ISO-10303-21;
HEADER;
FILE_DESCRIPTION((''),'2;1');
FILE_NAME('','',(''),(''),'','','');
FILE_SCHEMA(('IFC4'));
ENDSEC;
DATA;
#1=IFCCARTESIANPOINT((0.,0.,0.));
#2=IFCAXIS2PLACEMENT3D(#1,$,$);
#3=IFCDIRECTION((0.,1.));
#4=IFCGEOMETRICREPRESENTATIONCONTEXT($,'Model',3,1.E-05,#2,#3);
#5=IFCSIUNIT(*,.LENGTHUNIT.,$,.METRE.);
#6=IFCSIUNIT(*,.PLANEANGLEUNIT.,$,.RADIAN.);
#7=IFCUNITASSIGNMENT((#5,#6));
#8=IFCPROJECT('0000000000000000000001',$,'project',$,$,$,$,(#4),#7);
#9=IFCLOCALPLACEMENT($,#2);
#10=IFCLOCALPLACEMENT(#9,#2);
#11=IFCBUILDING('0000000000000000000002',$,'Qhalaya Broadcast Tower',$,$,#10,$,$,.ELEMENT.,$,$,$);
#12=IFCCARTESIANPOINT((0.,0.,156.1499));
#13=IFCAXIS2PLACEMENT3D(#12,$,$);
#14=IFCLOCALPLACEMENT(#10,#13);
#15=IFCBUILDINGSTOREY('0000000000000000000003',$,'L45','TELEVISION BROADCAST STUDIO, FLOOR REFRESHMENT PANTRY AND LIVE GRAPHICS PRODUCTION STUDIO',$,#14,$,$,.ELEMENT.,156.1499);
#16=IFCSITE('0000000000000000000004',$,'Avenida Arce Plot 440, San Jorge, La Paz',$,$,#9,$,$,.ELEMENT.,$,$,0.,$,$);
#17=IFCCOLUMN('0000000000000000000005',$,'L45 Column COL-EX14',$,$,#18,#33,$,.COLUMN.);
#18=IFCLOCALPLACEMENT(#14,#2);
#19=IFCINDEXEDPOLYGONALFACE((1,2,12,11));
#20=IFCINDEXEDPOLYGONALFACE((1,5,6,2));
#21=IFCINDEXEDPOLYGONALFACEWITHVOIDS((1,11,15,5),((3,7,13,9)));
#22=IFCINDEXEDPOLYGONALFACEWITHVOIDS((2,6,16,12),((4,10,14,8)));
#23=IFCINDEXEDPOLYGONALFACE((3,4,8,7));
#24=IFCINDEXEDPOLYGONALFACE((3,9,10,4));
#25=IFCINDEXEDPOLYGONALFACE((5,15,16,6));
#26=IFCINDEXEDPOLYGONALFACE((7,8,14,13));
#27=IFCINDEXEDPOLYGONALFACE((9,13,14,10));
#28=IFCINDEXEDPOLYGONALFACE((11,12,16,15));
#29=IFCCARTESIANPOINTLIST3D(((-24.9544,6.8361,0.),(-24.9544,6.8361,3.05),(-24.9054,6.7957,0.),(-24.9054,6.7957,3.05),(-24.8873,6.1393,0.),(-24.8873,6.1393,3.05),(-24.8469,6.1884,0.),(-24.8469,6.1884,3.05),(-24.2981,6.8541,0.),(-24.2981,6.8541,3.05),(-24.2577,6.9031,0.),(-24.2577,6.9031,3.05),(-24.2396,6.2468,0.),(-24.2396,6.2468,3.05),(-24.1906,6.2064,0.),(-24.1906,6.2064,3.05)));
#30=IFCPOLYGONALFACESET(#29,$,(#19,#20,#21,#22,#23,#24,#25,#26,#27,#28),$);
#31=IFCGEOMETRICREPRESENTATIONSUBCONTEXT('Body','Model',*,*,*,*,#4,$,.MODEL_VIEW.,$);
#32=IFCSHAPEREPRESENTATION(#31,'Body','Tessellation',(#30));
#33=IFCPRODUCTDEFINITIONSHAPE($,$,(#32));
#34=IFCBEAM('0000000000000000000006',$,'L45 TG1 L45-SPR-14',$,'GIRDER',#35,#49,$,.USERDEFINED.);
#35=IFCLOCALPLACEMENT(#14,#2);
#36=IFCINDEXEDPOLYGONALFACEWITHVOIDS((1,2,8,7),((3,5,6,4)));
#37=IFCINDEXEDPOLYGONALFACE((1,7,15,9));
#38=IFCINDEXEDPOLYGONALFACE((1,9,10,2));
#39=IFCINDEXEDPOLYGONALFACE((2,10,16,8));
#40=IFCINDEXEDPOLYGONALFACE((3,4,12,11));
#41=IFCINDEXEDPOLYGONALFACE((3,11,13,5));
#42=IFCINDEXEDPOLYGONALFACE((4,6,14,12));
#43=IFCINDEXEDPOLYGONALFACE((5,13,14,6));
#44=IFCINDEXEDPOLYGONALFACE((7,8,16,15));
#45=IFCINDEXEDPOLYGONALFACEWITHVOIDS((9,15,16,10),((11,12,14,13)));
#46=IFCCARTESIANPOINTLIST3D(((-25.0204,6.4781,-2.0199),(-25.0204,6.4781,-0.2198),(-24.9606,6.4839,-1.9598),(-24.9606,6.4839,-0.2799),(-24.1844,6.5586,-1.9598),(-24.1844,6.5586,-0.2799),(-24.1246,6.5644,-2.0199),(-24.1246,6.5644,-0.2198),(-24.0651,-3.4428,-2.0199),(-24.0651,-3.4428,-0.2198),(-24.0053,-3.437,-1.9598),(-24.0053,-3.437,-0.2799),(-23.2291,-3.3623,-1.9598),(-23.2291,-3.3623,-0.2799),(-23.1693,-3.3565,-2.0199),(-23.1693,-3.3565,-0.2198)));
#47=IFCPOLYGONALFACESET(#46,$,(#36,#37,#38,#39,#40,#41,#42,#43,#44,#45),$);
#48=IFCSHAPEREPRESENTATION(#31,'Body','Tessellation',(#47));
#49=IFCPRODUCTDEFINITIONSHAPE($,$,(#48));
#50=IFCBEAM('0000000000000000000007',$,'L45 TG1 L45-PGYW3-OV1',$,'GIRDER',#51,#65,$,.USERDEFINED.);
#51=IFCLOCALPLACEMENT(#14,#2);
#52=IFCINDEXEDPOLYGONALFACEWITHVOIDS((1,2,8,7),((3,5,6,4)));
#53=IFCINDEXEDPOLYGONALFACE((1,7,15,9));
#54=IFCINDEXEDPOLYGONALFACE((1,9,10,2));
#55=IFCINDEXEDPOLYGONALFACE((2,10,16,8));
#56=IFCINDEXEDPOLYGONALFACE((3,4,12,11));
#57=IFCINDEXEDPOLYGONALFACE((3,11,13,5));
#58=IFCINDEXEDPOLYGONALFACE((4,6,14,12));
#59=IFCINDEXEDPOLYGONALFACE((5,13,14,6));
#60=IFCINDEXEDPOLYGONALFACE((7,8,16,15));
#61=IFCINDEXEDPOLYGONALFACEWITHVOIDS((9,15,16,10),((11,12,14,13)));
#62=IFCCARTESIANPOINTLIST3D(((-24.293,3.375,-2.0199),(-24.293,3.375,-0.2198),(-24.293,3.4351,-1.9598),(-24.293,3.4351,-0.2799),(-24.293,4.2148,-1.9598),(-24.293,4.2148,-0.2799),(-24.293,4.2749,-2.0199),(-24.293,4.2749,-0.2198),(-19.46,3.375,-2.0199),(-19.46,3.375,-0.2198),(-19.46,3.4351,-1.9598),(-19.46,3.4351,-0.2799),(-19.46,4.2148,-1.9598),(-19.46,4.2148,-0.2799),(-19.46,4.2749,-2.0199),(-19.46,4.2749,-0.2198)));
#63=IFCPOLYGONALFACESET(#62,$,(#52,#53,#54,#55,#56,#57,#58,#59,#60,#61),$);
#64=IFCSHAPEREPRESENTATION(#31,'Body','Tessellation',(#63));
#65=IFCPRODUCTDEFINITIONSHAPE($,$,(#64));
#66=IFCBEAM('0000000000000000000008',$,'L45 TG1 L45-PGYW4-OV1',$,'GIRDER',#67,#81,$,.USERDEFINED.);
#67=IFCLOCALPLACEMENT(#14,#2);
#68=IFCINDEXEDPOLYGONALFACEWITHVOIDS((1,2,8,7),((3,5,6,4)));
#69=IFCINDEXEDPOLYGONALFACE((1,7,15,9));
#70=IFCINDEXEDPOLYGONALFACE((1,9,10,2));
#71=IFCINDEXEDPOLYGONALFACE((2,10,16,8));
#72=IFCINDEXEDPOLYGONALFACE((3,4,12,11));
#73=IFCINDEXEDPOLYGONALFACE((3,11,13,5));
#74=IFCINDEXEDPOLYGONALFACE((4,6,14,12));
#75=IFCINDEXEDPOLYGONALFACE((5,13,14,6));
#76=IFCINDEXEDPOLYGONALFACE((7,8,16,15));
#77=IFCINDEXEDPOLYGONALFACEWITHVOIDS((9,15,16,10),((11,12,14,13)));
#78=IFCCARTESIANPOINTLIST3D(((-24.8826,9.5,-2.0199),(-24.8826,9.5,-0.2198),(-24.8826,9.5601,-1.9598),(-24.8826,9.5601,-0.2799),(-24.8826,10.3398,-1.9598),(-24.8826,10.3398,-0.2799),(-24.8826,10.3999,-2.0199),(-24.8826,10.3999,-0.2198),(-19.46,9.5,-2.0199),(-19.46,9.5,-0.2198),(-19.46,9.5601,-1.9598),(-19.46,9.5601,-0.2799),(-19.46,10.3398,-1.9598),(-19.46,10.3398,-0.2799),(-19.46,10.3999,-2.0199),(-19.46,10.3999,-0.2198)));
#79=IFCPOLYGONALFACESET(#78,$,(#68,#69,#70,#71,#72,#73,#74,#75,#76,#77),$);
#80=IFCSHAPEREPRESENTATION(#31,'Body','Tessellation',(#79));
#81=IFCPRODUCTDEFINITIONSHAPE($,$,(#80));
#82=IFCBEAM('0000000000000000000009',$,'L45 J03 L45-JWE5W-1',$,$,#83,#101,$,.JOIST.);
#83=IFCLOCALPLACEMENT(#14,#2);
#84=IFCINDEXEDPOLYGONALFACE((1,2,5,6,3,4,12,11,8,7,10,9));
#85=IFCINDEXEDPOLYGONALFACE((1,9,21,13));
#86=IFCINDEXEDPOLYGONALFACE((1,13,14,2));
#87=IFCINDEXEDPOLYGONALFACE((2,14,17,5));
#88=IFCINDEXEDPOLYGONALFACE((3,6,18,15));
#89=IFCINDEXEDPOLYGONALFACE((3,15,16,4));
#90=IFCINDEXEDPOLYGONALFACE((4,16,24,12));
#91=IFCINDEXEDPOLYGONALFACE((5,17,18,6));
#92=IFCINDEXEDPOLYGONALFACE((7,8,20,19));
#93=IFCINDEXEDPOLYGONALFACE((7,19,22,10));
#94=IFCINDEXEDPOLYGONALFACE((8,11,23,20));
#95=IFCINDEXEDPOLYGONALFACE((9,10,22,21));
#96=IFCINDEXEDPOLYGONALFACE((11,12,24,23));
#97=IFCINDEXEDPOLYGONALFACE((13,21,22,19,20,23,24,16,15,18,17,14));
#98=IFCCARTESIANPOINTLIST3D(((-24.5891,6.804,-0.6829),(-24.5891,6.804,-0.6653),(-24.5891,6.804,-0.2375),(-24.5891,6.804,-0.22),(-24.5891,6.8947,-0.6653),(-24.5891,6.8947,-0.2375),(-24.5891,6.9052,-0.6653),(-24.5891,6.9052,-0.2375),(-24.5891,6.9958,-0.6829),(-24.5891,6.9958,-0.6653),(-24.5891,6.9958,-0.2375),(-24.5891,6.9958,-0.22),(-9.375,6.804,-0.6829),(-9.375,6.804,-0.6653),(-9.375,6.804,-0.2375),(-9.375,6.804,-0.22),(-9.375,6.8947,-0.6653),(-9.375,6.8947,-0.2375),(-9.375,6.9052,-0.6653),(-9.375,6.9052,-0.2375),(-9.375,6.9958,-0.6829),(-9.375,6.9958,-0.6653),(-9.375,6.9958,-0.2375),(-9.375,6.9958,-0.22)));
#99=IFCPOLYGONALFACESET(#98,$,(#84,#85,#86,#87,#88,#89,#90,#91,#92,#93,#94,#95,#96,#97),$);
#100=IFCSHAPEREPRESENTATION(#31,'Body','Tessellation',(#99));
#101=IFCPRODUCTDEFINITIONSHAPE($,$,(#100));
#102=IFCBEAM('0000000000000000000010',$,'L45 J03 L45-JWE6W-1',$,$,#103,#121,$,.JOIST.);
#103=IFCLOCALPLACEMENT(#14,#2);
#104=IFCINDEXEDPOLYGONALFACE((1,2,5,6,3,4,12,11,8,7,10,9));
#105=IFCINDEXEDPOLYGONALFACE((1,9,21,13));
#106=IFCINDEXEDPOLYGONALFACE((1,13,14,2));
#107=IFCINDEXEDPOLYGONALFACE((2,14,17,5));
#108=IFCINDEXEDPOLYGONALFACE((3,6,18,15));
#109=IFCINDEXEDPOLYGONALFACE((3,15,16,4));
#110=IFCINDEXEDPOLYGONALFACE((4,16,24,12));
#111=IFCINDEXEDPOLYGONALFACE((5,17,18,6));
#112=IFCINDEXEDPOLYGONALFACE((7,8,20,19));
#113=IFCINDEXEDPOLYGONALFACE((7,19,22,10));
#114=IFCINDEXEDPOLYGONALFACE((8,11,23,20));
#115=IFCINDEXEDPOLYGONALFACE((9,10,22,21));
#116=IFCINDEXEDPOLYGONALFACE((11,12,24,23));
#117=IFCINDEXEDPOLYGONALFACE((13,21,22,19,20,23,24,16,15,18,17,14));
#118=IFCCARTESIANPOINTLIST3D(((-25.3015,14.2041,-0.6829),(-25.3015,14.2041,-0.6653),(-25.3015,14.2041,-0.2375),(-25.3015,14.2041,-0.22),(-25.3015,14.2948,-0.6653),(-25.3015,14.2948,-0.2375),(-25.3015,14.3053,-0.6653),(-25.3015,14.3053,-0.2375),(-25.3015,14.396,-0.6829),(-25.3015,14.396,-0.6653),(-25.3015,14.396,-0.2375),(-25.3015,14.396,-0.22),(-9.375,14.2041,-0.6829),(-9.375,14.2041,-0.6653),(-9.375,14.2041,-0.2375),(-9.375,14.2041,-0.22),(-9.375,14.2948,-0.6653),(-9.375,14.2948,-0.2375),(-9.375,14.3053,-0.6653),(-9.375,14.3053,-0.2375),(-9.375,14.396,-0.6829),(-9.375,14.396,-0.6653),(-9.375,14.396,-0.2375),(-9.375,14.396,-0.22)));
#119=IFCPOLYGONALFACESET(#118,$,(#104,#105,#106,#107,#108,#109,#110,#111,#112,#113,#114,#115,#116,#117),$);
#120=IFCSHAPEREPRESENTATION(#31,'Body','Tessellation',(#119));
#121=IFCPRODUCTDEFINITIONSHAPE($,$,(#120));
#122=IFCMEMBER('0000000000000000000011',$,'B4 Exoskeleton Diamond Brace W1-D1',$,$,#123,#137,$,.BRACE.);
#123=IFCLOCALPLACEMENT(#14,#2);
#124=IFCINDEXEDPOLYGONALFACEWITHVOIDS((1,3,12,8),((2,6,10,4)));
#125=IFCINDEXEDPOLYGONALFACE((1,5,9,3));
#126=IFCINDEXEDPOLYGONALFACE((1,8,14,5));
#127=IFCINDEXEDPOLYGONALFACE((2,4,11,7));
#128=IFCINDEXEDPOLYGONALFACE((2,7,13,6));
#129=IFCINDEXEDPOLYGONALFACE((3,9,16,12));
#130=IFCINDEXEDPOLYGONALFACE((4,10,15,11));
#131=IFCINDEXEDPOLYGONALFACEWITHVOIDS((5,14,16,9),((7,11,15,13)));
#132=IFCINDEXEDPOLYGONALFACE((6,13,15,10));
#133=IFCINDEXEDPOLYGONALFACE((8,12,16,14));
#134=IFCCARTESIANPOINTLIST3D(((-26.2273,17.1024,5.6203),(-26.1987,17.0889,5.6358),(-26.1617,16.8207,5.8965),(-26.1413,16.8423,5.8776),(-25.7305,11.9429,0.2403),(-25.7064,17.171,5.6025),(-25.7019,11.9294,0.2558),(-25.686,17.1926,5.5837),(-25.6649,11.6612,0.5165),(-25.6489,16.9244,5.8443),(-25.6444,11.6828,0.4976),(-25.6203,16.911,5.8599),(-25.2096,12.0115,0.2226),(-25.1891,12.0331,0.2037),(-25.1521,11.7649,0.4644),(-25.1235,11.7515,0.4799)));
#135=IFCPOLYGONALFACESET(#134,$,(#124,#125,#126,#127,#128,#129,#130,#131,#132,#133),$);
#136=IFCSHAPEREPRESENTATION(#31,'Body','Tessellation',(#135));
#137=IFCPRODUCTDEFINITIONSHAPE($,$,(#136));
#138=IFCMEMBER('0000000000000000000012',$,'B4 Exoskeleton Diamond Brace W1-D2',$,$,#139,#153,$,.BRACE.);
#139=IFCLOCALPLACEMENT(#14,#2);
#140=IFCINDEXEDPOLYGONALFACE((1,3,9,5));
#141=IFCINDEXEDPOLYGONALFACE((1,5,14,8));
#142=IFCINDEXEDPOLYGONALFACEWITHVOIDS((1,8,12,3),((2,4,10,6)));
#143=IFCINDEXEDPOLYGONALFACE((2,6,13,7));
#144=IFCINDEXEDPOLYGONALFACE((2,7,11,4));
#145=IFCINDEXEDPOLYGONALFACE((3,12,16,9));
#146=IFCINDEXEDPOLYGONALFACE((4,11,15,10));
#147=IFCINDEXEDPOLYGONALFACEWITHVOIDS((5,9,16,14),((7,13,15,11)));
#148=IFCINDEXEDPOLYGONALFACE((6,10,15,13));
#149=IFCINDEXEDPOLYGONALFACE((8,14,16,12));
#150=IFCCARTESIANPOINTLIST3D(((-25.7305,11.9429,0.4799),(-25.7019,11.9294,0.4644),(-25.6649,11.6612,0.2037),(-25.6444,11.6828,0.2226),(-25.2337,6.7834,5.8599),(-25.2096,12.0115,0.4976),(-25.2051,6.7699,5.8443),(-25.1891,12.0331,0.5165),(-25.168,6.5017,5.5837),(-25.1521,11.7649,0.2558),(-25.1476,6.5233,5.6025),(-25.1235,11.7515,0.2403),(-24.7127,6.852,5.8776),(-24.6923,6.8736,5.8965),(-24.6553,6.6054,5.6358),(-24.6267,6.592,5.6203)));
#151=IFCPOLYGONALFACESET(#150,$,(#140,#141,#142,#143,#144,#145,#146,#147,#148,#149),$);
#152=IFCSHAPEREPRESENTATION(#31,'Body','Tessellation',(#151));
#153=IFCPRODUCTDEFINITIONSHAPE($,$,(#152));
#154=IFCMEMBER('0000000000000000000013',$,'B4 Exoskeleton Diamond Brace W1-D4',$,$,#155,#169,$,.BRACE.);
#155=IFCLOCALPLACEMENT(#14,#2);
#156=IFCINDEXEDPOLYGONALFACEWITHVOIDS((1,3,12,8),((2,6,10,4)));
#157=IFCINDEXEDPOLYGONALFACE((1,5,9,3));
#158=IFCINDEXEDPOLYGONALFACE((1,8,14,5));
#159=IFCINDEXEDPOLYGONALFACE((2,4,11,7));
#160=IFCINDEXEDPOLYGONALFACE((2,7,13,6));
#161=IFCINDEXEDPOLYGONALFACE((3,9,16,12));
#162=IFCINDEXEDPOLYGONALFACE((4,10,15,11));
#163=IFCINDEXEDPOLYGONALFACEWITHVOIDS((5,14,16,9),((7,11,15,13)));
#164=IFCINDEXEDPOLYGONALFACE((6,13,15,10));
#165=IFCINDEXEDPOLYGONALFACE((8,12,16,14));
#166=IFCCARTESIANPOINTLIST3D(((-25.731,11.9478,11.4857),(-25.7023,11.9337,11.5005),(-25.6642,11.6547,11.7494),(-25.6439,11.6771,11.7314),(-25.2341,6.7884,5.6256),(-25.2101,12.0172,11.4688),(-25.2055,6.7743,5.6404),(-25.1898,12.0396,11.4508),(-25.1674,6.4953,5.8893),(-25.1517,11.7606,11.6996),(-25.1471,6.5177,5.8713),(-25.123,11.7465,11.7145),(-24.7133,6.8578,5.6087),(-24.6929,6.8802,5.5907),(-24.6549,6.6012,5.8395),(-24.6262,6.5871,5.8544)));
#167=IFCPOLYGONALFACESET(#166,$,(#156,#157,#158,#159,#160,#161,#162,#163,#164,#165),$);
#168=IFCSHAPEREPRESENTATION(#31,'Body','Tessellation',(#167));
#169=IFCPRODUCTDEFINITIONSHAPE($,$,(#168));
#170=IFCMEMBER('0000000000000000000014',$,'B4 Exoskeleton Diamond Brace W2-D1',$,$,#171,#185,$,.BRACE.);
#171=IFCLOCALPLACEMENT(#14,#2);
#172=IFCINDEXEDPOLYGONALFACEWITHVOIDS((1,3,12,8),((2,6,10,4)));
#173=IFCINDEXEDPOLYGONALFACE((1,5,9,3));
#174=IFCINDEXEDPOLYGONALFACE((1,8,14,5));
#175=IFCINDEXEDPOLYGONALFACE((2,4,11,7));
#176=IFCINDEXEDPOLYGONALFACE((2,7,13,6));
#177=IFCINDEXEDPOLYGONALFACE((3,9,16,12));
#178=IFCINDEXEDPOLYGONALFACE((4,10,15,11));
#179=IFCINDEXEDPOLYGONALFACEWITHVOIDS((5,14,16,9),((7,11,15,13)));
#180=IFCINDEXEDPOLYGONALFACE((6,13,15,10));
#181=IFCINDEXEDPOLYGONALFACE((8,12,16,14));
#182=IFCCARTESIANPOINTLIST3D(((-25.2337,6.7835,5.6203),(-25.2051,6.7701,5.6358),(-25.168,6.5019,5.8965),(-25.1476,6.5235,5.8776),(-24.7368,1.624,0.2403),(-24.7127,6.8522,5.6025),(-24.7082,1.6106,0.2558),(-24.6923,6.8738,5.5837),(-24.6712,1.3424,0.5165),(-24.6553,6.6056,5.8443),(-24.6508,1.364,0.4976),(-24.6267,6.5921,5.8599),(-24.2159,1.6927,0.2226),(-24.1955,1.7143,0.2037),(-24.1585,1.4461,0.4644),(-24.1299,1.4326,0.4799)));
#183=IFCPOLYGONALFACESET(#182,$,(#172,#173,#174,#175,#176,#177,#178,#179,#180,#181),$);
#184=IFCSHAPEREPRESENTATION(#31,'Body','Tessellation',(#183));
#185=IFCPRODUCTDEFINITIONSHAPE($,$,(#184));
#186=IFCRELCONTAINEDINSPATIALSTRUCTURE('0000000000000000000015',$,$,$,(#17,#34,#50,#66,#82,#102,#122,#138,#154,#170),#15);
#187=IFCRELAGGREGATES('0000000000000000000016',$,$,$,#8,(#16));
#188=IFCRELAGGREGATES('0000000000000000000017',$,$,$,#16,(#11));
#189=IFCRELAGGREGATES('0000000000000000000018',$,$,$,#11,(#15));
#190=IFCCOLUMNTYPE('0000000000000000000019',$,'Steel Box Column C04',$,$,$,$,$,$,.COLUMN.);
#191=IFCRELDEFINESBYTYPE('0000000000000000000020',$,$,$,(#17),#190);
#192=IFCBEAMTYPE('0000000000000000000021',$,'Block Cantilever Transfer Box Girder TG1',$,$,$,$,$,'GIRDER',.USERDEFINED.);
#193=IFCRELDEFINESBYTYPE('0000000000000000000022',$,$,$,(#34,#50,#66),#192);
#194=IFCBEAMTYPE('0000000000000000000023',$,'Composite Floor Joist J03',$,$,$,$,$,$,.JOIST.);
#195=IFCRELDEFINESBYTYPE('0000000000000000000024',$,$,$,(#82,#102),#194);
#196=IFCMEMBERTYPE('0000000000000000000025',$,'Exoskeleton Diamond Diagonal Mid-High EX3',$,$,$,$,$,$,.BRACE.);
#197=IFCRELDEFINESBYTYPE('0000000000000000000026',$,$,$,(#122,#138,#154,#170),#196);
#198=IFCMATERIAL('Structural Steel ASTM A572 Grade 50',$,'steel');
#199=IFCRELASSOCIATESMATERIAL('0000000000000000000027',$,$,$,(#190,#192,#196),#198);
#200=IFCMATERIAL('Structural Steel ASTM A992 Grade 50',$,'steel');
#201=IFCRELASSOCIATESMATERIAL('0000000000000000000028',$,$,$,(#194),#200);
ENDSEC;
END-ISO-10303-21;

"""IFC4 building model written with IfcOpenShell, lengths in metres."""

from ifc_helpers import new_model, si_unit, direction, frame, origin, origin_2d, place, context, subcontext, project, spatial, hollow_rectangle, i_section, extrude, material, material_profile, profile_set, type_object, element, save


model = new_model("IFC4")

# Units and contexts
model_context = context("Model", 3, precision=1e-05, world=origin(), true_north=direction((0.0, 1.0)))
body_context = subcontext(model_context, "Body", "Model", "MODEL_VIEW")
ifc_project = project(units=[si_unit("LENGTHUNIT", "METRE"), si_unit("PLANEANGLEUNIT", "RADIAN")], contexts=[model_context])

# Site, building, storey
site_placement = place(None, origin())
site = spatial("IfcSite", under=ifc_project, at=site_placement, Name="Avenida Arce Plot 440, San Jorge, La Paz", CompositionType="ELEMENT", RefElevation=0.0)
building_placement = place(site_placement, origin())
building = spatial("IfcBuilding", under=site, at=building_placement, Name="Qhalaya Broadcast Tower", CompositionType="ELEMENT")
storey_placement = place(building_placement, frame((0.0, 0.0, 156.1499)))
storey = spatial("IfcBuildingStorey", under=building, at=storey_placement, Name="L45", Description="TELEVISION BROADCAST STUDIO, FLOOR REFRESHMENT PANTRY AND LIVE GRAPHICS PRODUCTION STUDIO", CompositionType="ELEMENT", Elevation=156.1499)

# Column
ifc_material_1 = material(Name="Structural Steel ASTM A572 Grade 50", Category="steel")
ifc_material_profile_1 = material_profile(ifc_material_1, hollow_rectangle(XDim=0.7, YDim=0.7, WallThickness=0.0449, at=origin_2d()), Name="BOX 700x700x45")
ifc_profile_set_1 = profile_set([ifc_material_profile_1], Name="Structural Steel ASTM A572 Grade 50")
column_type = type_object("IfcColumnType", Name="Steel Box Column C04", PredefinedType="COLUMN", material=ifc_profile_set_1)
column_placement = place(storey_placement, frame((-24.5725, 6.5212, 0.0), z_axis=(0.0, 0.0, 1.0), x_axis=(-0.095846, 0.995396, 0.0)))
element("IfcColumn", 1, at=column_placement, inside=storey, type_object=column_type, Name="L45 Column COL-EX14", PredefinedType="COLUMN", context=body_context, shape_type="SweptSolid", body=[
    extrude(hollow_rectangle(XDim=0.7, YDim=0.7, WallThickness=0.0449, at=origin_2d()), origin(), (0.0, 0.0, 1.0), 3.05),
])

# Beams
ifc_material_profile_2 = material_profile(ifc_material_1, hollow_rectangle(XDim=0.8999, YDim=1.8, WallThickness=0.0601, at=origin_2d()), Name="BOX 900x1800x60")
ifc_profile_set_2 = profile_set([ifc_material_profile_2], Name="Structural Steel ASTM A572 Grade 50")
beam_type_1 = type_object("IfcBeamType", Name="Block Cantilever Transfer Box Girder TG1", ElementType="GIRDER", PredefinedType="USERDEFINED", material=ifc_profile_set_2)
beam_1_placement = place(storey_placement, frame((-24.5725, 6.5212, -1.1199), z_axis=(0.095851, -0.995396, 0.0), x_axis=(0.995396, 0.095851, 0.0)))
element("IfcBeam", 2, at=beam_1_placement, inside=storey, type_object=beam_type_1, Name="L45 TG1 L45-SPR-14", ObjectType="GIRDER", PredefinedType="USERDEFINED", context=body_context, shape_type="SweptSolid", body=[
    extrude(hollow_rectangle(XDim=0.8999, YDim=1.8, WallThickness=0.0601, at=origin_2d()), origin(), (0.0, 0.0, 1.0), 9.9668),
])
beam_2_placement = place(storey_placement, frame((-24.293, 3.825, -1.1199), z_axis=(1.0, 0.0, 0.0), x_axis=(0.0, 1.0, 0.0)))
element("IfcBeam", 3, at=beam_2_placement, inside=storey, type_object=beam_type_1, Name="L45 TG1 L45-PGYW3-OV1", ObjectType="GIRDER", PredefinedType="USERDEFINED", context=body_context, shape_type="SweptSolid", body=[
    extrude(hollow_rectangle(XDim=0.8999, YDim=1.8, WallThickness=0.0601, at=origin_2d()), origin(), (0.0, 0.0, 1.0), 4.833),
])
beam_3_placement = place(storey_placement, frame((-24.8826, 9.95, -1.1199), z_axis=(1.0, 0.0, 0.0), x_axis=(0.0, 1.0, 0.0)))
element("IfcBeam", 4, at=beam_3_placement, inside=storey, type_object=beam_type_1, Name="L45 TG1 L45-PGYW4-OV1", ObjectType="GIRDER", PredefinedType="USERDEFINED", context=body_context, shape_type="SweptSolid", body=[
    extrude(hollow_rectangle(XDim=0.8999, YDim=1.8, WallThickness=0.0601, at=origin_2d()), origin(), (0.0, 0.0, 1.0), 5.4226),
])
ifc_material_2 = material(Name="Structural Steel ASTM A992 Grade 50", Category="steel")
ifc_material_profile_3 = material_profile(ifc_material_2, i_section(OverallWidth=0.1919, OverallDepth=0.4629, WebThickness=0.0105, FlangeThickness=0.0176, at=origin_2d()), Name="W18X60")
ifc_profile_set_3 = profile_set([ifc_material_profile_3], Name="Structural Steel ASTM A992 Grade 50")
beam_type_2 = type_object("IfcBeamType", Name="Composite Floor Joist J03", PredefinedType="JOIST", material=ifc_profile_set_3)
beam_4_placement = place(storey_placement, frame((-24.5891, 6.8999, -0.4514), z_axis=(1.0, 0.0, 0.0), x_axis=(0.0, 1.0, 0.0)))
element("IfcBeam", 5, at=beam_4_placement, inside=storey, type_object=beam_type_2, Name="L45 J03 L45-JWE5W-1", PredefinedType="JOIST", context=body_context, shape_type="SweptSolid", body=[
    extrude(i_section(OverallWidth=0.1919, OverallDepth=0.4629, WebThickness=0.0105, FlangeThickness=0.0176, at=origin_2d()), origin(), (0.0, 0.0, 1.0), 15.2141),
])
beam_5_placement = place(storey_placement, frame((-25.3015, 14.3, -0.4514), z_axis=(1.0, 0.0, 0.0), x_axis=(0.0, 1.0, 0.0)))
element("IfcBeam", 6, at=beam_5_placement, inside=storey, type_object=beam_type_2, Name="L45 J03 L45-JWE6W-1", PredefinedType="JOIST", context=body_context, shape_type="SweptSolid", body=[
    extrude(i_section(OverallWidth=0.1919, OverallDepth=0.4629, WebThickness=0.0105, FlangeThickness=0.0176, at=origin_2d()), origin(), (0.0, 0.0, 1.0), 15.9265),
])

# Members
ifc_material_profile_4 = material_profile(ifc_material_1, hollow_rectangle(XDim=0.3999, YDim=0.55, WallThickness=0.0249, at=origin_2d()), Name="BOX 400x550x25")
ifc_profile_set_4 = profile_set([ifc_material_profile_4], Name="Structural Steel ASTM A572 Grade 50")
member_type_1 = type_object("IfcMemberType", Name="Exoskeleton Diamond Diagonal Mid-High EX3", PredefinedType="BRACE", material=ifc_profile_set_4)
for number, where, z_axis, x_axis, name in (
    (7, (-25.427, 11.8472, 0.3601), (-0.066504, 0.690632, 0.720142), (0.164113, -0.704339, 0.690632), "B4 Exoskeleton Diamond Brace W1-D1"),
    (8, (-25.427, 11.8472, 0.3601), (0.066504, -0.690632, 0.720142), (-0.164113, 0.704339, 0.690632), "B4 Exoskeleton Diamond Brace W1-D2"),
):
    element("IfcMember", number, at=place(storey_placement, frame(where, z_axis=z_axis, x_axis=x_axis)), inside=storey, type_object=member_type_1, Name=name, PredefinedType="BRACE", context=body_context, shape_type="SweptSolid", body=[
        extrude(hollow_rectangle(XDim=0.3999, YDim=0.55, WallThickness=0.0249, at=origin_2d()), origin(), (0.0, 0.0, 1.0), 7.4707),
    ])
member_1_placement = place(storey_placement, frame((-24.9302, 6.6877, 5.74), z_axis=(-0.063504, 0.659477, 0.749038), x_axis=(0.16687, -0.73297, 0.659477)))
element("IfcMember", 9, at=member_1_placement, inside=storey, type_object=member_type_1, Name="B4 Exoskeleton Diamond Brace W1-D4", PredefinedType="BRACE", context=body_context, shape_type="SweptSolid", body=[
    extrude(hollow_rectangle(XDim=0.3999, YDim=0.55, WallThickness=0.0249, at=origin_2d()), origin(), (0.0, 0.0, 1.0), 7.8235),
])
for number, where, z_axis, x_axis, name in (
    (10, (-24.4333, 1.5283, 0.3601), (-0.066504, 0.690632, 0.720142), (0.164113, -0.704339, 0.690632), "B4 Exoskeleton Diamond Brace W2-D1"),
):
    element("IfcMember", number, at=place(storey_placement, frame(where, z_axis=z_axis, x_axis=x_axis)), inside=storey, type_object=member_type_1, Name=name, PredefinedType="BRACE", context=body_context, shape_type="SweptSolid", body=[
        extrude(hollow_rectangle(XDim=0.3999, YDim=0.55, WallThickness=0.0249, at=origin_2d()), origin(), (0.0, 0.0, 1.0), 7.4707),
    ])

save(model, "model.ifc")
